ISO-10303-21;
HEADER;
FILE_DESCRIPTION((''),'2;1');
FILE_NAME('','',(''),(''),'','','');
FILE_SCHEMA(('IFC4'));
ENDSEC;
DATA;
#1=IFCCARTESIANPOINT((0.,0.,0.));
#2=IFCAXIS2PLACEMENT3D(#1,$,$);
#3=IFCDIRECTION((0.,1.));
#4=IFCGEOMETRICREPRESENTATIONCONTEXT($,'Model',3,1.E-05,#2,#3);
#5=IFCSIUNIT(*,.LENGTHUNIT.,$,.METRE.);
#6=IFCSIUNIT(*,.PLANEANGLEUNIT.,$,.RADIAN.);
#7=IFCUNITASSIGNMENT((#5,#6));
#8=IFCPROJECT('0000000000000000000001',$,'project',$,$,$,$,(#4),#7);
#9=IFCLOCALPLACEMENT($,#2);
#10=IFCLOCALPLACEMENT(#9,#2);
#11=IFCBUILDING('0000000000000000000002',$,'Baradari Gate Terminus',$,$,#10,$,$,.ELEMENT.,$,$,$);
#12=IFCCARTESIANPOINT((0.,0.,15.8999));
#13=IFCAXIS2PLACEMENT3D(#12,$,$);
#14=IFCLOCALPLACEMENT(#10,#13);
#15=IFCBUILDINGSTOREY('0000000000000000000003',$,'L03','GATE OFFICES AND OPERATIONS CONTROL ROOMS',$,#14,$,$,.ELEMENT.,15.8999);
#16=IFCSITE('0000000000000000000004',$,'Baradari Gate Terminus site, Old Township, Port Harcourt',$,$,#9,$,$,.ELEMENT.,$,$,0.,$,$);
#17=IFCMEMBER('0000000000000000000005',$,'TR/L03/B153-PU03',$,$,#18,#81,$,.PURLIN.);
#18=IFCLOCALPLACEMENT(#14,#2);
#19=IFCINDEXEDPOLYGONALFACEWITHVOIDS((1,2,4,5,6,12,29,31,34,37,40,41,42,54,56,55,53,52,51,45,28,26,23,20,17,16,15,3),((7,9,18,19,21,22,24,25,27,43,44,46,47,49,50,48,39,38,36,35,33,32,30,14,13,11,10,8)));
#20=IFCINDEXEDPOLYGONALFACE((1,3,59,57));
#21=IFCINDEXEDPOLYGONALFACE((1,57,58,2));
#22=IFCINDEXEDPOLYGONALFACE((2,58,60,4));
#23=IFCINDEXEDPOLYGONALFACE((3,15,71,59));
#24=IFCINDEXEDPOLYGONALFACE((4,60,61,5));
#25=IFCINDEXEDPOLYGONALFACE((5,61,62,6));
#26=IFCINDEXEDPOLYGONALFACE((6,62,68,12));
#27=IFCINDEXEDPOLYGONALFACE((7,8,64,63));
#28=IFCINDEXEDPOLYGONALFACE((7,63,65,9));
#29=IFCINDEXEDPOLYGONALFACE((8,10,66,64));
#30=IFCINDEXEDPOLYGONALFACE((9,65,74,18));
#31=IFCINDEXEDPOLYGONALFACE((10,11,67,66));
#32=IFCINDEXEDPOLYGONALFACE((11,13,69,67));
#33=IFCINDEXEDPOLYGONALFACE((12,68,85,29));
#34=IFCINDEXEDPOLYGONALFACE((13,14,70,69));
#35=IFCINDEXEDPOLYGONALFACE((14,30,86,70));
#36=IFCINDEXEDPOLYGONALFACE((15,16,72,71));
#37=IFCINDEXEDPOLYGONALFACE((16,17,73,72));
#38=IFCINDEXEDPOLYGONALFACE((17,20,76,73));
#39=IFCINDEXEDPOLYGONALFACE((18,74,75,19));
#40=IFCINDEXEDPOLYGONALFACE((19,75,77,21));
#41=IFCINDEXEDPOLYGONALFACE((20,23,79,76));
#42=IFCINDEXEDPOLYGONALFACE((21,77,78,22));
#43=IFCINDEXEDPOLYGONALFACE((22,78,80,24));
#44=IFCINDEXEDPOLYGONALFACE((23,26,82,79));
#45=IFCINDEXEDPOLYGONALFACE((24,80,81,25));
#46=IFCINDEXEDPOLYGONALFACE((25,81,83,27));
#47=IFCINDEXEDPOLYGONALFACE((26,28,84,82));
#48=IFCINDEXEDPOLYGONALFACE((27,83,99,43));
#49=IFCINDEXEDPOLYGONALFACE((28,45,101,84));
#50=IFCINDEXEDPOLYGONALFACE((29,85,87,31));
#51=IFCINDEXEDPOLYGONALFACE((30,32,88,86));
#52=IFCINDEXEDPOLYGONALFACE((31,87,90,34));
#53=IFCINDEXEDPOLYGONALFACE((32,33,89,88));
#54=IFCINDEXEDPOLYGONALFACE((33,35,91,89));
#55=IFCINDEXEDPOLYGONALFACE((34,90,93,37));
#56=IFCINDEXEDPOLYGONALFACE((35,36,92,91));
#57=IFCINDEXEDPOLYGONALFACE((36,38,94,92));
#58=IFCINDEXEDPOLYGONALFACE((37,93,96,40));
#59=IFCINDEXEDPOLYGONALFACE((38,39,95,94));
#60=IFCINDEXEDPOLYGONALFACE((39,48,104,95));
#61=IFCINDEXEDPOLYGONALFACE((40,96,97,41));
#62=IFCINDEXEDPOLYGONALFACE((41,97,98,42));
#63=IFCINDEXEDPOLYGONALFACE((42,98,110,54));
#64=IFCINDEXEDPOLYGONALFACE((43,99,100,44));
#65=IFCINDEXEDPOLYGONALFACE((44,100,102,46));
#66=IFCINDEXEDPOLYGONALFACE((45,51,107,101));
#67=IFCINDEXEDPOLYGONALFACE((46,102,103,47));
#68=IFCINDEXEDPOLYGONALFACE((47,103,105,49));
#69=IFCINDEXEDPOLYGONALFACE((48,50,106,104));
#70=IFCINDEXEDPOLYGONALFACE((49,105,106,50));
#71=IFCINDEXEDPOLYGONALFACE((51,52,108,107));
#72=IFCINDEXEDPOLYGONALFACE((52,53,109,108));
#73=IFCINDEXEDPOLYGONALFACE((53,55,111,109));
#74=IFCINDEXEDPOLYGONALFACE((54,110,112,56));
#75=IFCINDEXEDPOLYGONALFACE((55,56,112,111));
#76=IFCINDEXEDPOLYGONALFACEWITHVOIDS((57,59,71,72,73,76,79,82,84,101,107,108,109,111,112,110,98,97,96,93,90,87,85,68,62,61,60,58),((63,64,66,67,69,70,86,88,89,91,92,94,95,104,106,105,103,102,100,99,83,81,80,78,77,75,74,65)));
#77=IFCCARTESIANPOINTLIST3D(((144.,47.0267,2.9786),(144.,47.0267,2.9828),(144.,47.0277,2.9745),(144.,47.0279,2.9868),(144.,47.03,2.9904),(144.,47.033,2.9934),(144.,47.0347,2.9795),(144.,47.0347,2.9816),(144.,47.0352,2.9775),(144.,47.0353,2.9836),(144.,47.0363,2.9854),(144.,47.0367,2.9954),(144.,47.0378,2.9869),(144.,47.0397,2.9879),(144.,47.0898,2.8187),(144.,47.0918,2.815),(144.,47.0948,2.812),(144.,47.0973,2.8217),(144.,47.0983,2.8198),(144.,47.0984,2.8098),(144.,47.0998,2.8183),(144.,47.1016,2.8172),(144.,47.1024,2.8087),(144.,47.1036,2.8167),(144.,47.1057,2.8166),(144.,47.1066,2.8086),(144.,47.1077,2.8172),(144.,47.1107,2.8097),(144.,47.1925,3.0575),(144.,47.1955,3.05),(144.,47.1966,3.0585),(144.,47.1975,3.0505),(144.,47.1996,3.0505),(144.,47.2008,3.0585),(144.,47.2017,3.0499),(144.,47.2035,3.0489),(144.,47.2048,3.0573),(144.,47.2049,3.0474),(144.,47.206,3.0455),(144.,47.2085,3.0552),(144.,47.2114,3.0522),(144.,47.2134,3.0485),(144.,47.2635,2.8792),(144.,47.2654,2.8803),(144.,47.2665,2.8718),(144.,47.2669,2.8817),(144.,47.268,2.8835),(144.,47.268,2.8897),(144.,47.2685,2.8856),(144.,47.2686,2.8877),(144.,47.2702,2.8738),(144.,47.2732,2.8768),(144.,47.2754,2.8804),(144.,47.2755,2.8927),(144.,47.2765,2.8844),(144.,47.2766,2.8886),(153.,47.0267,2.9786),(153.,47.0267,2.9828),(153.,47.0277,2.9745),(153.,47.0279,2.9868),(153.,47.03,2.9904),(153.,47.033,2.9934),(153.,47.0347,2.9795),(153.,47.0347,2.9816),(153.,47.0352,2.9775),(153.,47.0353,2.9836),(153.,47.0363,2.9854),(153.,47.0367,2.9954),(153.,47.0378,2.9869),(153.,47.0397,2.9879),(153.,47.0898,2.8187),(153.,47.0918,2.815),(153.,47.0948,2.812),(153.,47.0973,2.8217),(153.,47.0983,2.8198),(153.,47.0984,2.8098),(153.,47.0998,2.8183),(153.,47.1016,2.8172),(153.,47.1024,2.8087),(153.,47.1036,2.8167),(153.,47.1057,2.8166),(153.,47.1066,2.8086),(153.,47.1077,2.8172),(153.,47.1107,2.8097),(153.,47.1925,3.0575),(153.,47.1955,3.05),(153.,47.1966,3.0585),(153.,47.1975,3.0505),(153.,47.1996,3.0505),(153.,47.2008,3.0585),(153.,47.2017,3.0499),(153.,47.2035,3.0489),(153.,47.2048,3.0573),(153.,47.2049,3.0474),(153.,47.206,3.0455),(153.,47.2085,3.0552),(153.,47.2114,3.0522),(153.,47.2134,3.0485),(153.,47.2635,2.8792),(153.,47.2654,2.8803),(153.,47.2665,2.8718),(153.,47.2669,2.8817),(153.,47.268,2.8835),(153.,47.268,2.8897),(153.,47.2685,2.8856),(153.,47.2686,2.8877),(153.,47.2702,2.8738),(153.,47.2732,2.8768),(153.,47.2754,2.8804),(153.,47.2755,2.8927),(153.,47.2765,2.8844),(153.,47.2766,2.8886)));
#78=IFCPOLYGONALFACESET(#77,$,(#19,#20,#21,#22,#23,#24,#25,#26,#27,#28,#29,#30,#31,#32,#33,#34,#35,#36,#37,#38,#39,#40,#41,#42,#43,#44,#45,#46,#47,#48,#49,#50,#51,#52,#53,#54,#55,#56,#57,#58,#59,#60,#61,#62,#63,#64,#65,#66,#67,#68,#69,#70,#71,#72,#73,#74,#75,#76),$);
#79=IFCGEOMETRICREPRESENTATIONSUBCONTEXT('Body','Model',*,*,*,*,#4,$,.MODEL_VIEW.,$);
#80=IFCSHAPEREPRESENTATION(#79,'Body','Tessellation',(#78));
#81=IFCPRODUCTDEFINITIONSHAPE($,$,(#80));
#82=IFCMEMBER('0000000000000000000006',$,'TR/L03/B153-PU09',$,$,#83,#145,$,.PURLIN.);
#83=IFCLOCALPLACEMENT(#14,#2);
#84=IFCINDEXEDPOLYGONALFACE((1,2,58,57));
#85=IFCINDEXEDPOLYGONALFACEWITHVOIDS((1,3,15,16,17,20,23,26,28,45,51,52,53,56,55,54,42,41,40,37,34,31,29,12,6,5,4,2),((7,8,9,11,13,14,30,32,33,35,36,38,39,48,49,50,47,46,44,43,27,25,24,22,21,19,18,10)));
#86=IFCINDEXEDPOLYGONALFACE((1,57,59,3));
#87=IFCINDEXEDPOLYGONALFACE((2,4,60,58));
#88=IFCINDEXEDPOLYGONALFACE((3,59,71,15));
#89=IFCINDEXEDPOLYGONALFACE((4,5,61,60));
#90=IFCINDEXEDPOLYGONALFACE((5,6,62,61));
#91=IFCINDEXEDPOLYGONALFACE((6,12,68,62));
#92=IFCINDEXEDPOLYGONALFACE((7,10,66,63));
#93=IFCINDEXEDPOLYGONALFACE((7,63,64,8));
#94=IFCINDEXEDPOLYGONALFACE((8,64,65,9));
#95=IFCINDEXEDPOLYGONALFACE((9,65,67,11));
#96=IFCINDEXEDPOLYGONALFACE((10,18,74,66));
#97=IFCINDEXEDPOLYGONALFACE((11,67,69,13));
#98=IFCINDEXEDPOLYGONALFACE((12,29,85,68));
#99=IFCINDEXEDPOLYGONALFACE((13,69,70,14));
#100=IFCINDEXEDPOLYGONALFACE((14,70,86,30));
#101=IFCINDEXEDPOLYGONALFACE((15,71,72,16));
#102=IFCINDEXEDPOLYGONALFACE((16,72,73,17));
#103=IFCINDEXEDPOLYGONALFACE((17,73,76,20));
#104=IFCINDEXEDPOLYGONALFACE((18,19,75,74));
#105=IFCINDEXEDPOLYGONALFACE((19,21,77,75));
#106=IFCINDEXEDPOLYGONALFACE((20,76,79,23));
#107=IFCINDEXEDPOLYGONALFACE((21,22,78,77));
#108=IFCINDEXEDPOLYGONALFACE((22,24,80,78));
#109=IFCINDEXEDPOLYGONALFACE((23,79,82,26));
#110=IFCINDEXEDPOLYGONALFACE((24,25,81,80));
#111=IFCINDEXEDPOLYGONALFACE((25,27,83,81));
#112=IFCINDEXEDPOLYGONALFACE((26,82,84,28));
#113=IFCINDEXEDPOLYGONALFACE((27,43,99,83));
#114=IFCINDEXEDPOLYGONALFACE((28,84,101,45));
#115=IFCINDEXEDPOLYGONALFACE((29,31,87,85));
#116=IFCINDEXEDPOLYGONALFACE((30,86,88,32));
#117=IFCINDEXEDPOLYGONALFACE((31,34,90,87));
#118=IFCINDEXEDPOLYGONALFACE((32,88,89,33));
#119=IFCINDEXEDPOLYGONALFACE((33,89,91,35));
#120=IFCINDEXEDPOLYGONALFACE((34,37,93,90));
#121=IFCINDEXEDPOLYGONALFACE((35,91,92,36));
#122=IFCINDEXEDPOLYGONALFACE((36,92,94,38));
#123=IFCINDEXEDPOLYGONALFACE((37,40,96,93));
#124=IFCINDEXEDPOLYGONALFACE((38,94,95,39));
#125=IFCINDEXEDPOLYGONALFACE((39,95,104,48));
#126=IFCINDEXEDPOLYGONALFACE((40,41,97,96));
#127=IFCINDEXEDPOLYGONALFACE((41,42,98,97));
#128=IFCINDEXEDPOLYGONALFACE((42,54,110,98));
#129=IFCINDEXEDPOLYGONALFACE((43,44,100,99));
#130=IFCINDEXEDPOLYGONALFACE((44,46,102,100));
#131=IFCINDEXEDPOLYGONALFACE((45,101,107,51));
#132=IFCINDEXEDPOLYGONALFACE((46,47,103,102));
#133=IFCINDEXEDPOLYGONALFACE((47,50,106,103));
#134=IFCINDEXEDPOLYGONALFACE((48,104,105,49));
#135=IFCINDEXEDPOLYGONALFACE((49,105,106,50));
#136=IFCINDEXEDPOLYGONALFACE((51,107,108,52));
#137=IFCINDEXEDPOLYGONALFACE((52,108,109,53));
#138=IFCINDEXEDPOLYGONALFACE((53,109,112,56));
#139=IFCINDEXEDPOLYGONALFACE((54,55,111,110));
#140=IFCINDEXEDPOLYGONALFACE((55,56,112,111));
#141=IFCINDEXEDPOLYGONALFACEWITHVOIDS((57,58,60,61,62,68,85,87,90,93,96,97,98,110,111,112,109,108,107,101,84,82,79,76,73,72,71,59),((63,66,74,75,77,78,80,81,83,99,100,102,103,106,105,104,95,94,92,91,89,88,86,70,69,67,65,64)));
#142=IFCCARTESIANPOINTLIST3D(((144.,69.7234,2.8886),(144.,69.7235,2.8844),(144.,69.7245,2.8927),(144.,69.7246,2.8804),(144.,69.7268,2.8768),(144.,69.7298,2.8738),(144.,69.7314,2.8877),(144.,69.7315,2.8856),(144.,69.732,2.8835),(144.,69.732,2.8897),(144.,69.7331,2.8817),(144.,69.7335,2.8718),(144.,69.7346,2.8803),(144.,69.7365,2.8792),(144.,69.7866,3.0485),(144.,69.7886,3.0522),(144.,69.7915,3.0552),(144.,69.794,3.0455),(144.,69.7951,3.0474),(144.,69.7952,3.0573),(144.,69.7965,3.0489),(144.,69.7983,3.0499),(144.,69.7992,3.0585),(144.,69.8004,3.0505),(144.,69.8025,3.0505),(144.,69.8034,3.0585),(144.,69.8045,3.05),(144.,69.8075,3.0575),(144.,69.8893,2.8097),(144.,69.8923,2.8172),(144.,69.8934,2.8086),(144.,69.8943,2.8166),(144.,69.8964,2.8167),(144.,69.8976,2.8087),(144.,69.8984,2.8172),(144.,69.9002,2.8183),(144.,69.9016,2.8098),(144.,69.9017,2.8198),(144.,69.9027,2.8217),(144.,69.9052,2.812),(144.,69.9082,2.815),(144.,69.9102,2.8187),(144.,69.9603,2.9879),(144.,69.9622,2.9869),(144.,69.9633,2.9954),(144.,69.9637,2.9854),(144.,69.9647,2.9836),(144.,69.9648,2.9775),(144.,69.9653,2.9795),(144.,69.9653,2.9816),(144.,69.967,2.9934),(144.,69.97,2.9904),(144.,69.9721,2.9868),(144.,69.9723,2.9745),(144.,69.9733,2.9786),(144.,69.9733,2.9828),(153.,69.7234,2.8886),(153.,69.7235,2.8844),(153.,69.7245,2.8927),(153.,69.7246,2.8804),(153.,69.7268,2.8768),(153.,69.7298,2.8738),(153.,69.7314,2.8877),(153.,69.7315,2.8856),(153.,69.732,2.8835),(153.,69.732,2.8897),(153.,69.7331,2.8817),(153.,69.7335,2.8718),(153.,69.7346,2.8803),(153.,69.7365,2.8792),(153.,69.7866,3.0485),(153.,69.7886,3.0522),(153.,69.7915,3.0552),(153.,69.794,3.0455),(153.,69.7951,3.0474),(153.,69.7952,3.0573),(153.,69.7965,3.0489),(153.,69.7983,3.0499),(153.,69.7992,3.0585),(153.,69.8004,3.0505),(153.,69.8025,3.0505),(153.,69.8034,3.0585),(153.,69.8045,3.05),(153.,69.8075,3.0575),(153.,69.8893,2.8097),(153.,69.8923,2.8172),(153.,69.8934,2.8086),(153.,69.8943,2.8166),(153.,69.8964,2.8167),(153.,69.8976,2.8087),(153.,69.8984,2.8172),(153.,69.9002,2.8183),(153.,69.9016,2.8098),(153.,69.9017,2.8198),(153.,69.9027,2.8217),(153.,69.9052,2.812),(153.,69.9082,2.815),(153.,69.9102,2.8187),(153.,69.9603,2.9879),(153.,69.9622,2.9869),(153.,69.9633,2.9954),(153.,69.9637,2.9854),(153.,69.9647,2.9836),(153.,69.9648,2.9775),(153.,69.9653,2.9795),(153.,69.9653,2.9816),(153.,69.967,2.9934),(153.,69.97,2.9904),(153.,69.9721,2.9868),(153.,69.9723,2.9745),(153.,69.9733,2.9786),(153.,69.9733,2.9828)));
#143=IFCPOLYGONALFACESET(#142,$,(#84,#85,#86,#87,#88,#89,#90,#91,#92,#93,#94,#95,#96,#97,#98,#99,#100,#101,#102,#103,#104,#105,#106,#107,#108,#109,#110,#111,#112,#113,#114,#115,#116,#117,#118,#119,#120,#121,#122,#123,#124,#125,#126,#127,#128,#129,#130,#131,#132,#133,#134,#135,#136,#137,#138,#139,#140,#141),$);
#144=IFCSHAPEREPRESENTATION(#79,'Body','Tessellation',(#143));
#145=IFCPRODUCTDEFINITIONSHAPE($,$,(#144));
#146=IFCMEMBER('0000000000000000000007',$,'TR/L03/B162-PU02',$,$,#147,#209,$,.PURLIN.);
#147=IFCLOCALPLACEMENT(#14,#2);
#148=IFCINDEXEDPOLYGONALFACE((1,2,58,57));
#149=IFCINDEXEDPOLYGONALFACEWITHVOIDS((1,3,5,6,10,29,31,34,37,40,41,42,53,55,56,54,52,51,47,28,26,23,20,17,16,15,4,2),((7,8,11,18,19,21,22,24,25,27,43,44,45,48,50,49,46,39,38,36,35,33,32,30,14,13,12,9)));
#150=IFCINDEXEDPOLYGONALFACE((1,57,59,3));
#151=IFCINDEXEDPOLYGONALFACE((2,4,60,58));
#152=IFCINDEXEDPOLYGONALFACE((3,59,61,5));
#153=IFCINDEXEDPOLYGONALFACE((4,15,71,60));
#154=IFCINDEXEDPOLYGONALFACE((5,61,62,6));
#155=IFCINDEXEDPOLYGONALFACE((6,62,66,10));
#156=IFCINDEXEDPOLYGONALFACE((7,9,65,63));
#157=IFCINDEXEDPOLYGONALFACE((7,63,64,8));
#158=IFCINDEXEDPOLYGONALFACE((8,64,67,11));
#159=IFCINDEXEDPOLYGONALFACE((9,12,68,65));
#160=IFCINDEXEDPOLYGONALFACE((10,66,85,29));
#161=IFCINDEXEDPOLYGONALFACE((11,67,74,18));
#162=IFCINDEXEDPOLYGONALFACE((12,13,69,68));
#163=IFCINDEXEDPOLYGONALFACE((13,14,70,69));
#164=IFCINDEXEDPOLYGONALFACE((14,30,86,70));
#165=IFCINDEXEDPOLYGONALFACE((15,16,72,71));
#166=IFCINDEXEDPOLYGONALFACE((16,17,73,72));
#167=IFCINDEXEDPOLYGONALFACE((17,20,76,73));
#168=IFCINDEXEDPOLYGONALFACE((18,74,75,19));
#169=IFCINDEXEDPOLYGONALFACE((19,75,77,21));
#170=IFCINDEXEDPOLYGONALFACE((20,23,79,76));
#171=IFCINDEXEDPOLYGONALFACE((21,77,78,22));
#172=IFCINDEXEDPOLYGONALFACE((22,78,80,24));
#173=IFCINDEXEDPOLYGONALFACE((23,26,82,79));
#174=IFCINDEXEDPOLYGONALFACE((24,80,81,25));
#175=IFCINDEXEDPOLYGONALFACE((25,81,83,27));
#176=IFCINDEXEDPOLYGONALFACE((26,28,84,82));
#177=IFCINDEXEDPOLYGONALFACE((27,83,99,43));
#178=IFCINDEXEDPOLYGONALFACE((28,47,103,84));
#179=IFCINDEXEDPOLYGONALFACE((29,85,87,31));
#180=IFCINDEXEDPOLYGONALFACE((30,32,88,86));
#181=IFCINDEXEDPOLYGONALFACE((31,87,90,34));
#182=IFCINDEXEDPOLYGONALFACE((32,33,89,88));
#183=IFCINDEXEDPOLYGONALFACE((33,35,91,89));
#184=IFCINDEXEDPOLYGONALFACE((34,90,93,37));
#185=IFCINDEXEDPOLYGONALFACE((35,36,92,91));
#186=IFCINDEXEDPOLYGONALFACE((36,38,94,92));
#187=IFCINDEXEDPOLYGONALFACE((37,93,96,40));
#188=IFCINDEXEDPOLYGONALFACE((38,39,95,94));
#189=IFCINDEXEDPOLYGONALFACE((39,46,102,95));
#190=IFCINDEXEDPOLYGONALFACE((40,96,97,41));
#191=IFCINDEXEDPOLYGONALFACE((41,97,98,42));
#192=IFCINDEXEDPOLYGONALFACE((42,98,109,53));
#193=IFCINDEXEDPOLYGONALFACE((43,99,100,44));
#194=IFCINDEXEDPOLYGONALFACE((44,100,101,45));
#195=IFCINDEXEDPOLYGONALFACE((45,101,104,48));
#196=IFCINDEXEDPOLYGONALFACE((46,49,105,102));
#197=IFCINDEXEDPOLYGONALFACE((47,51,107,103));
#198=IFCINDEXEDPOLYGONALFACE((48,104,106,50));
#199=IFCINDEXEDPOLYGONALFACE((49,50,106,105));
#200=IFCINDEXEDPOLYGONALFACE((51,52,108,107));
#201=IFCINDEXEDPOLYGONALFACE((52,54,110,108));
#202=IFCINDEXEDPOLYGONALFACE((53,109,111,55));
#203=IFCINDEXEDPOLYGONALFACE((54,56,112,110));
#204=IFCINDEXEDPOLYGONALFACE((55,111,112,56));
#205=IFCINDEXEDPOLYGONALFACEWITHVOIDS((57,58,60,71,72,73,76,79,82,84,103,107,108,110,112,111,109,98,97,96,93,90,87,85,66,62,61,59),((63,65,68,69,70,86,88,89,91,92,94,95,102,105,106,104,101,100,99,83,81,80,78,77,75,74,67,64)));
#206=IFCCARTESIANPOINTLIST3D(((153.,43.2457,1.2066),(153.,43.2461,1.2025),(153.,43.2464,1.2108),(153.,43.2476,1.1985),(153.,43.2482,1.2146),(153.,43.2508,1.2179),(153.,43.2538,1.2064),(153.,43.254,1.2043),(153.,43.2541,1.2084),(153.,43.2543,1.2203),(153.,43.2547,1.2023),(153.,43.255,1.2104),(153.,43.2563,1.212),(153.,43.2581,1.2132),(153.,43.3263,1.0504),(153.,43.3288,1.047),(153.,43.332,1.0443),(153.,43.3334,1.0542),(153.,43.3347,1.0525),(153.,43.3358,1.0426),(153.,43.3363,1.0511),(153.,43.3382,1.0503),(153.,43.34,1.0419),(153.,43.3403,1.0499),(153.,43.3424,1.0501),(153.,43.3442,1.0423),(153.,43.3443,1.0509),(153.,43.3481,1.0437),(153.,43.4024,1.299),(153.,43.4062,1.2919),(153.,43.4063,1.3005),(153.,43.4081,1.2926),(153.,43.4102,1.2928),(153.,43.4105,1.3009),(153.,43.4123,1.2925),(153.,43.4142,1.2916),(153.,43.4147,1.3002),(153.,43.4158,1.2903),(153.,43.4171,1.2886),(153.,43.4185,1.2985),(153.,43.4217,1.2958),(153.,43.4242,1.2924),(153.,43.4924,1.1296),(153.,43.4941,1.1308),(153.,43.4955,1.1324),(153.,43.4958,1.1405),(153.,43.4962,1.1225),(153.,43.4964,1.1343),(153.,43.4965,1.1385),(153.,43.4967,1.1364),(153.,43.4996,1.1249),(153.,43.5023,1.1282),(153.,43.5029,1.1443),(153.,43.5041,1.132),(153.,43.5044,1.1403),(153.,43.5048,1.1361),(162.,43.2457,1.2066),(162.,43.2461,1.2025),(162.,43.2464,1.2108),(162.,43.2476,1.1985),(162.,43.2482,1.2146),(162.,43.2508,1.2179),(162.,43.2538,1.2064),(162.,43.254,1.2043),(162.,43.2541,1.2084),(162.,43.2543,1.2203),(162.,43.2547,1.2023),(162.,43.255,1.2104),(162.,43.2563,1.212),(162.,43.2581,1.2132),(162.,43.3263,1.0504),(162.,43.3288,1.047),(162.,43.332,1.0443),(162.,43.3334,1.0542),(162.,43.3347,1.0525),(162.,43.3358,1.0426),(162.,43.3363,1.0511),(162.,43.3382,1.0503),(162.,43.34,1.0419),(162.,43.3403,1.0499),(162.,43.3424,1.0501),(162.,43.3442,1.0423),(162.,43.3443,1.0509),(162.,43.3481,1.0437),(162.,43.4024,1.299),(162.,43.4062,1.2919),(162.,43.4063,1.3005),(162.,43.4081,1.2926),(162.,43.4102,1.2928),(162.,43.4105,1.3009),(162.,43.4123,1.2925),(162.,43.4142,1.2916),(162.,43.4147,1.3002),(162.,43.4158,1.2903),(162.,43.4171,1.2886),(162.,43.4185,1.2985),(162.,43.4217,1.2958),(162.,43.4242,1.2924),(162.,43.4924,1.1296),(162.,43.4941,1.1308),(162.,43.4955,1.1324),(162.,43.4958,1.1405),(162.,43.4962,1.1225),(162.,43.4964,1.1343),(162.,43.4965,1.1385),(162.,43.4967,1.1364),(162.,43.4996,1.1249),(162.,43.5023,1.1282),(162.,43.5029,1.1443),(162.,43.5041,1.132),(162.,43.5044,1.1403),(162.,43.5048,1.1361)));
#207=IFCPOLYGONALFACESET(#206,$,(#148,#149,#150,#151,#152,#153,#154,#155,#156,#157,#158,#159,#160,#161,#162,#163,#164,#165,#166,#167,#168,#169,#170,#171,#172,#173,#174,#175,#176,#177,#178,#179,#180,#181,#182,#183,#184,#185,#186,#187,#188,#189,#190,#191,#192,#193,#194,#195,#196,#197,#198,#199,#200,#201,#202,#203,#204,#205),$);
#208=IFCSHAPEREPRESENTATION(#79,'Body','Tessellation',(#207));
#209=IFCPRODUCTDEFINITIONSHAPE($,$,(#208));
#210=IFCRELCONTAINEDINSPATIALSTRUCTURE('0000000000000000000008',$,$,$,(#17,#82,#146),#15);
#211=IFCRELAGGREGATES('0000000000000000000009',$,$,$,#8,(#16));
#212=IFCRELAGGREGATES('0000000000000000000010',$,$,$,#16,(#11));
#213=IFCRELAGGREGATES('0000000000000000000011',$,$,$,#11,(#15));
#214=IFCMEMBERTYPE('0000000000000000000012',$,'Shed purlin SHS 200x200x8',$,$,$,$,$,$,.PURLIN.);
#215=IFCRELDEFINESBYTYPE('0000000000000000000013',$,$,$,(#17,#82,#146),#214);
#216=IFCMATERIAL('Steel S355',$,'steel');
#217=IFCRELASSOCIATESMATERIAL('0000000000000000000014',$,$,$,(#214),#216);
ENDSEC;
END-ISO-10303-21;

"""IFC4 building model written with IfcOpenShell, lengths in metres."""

from ifc_helpers import new_model, si_unit, direction, frame, origin, origin_2d, place, context, subcontext, project, spatial, hollow_rectangle, extrude, material, material_profile, profile_set, type_object, element, save


model = new_model("IFC4")

# Units and contexts
model_context = context("Model", 3, precision=1e-05, world=origin(), true_north=direction((0.0, 1.0)))
body_context = subcontext(model_context, "Body", "Model", "MODEL_VIEW")
ifc_project = project(units=[si_unit("LENGTHUNIT", "METRE"), si_unit("PLANEANGLEUNIT", "RADIAN")], contexts=[model_context])

# Site, building, storey
site_placement = place(None, origin())
site = spatial("IfcSite", under=ifc_project, at=site_placement, Name="Baradari Gate Terminus site, Old Township, Port Harcourt", CompositionType="ELEMENT", RefElevation=0.0)
building_placement = place(site_placement, origin())
building = spatial("IfcBuilding", under=site, at=building_placement, Name="Baradari Gate Terminus", CompositionType="ELEMENT")
storey_placement = place(building_placement, frame((0.0, 0.0, 15.8999)))
storey = spatial("IfcBuildingStorey", under=building, at=storey_placement, Name="L03", Description="GATE OFFICES AND OPERATIONS CONTROL ROOMS", CompositionType="ELEMENT", Elevation=15.8999)

# Members
ifc_material_1 = material(Name="Steel S355", Category="steel")
ifc_material_profile_1 = material_profile(ifc_material_1, hollow_rectangle(XDim=0.2, YDim=0.2, WallThickness=0.0081, InnerFilletRadius=0.0081, OuterFilletRadius=0.0161, at=origin_2d()), Name="SHS 200x200x8")
ifc_profile_set_1 = profile_set([ifc_material_profile_1], Name="Steel S355")
member_type_1 = type_object("IfcMemberType", Name="Shed purlin SHS 200x200x8", PredefinedType="PURLIN", material=ifc_profile_set_1)
for number, where, z_axis, x_axis, name in (
    (1, (144.0, 47.1516, 2.9336), (1.0, 0.0, 0.0), (0.0, 0.928965, 0.370167), "TR/L03/B153-PU03"),
    (2, (144.0, 69.8484, 2.9336), (1.0, 0.0, 0.0), (0.0, 0.928965, -0.370167), "TR/L03/B153-PU09"),
    (3, (153.0, 43.3752, 1.1714), (1.0, 0.0, 0.0), (0.0, 0.883027, 0.469322), "TR/L03/B162-PU02"),
):
    element("IfcMember", number, at=place(storey_placement, frame(where, z_axis=z_axis, x_axis=x_axis)), inside=storey, type_object=member_type_1, Name=name, PredefinedType="PURLIN", context=body_context, shape_type="SweptSolid", body=[
        extrude(hollow_rectangle(XDim=0.2, YDim=0.2, WallThickness=0.0081, InnerFilletRadius=0.0081, OuterFilletRadius=0.0161, at=origin_2d()), origin(), (0.0, 0.0, 1.0), 9.0),
    ])

save(model, "model.ifc")
